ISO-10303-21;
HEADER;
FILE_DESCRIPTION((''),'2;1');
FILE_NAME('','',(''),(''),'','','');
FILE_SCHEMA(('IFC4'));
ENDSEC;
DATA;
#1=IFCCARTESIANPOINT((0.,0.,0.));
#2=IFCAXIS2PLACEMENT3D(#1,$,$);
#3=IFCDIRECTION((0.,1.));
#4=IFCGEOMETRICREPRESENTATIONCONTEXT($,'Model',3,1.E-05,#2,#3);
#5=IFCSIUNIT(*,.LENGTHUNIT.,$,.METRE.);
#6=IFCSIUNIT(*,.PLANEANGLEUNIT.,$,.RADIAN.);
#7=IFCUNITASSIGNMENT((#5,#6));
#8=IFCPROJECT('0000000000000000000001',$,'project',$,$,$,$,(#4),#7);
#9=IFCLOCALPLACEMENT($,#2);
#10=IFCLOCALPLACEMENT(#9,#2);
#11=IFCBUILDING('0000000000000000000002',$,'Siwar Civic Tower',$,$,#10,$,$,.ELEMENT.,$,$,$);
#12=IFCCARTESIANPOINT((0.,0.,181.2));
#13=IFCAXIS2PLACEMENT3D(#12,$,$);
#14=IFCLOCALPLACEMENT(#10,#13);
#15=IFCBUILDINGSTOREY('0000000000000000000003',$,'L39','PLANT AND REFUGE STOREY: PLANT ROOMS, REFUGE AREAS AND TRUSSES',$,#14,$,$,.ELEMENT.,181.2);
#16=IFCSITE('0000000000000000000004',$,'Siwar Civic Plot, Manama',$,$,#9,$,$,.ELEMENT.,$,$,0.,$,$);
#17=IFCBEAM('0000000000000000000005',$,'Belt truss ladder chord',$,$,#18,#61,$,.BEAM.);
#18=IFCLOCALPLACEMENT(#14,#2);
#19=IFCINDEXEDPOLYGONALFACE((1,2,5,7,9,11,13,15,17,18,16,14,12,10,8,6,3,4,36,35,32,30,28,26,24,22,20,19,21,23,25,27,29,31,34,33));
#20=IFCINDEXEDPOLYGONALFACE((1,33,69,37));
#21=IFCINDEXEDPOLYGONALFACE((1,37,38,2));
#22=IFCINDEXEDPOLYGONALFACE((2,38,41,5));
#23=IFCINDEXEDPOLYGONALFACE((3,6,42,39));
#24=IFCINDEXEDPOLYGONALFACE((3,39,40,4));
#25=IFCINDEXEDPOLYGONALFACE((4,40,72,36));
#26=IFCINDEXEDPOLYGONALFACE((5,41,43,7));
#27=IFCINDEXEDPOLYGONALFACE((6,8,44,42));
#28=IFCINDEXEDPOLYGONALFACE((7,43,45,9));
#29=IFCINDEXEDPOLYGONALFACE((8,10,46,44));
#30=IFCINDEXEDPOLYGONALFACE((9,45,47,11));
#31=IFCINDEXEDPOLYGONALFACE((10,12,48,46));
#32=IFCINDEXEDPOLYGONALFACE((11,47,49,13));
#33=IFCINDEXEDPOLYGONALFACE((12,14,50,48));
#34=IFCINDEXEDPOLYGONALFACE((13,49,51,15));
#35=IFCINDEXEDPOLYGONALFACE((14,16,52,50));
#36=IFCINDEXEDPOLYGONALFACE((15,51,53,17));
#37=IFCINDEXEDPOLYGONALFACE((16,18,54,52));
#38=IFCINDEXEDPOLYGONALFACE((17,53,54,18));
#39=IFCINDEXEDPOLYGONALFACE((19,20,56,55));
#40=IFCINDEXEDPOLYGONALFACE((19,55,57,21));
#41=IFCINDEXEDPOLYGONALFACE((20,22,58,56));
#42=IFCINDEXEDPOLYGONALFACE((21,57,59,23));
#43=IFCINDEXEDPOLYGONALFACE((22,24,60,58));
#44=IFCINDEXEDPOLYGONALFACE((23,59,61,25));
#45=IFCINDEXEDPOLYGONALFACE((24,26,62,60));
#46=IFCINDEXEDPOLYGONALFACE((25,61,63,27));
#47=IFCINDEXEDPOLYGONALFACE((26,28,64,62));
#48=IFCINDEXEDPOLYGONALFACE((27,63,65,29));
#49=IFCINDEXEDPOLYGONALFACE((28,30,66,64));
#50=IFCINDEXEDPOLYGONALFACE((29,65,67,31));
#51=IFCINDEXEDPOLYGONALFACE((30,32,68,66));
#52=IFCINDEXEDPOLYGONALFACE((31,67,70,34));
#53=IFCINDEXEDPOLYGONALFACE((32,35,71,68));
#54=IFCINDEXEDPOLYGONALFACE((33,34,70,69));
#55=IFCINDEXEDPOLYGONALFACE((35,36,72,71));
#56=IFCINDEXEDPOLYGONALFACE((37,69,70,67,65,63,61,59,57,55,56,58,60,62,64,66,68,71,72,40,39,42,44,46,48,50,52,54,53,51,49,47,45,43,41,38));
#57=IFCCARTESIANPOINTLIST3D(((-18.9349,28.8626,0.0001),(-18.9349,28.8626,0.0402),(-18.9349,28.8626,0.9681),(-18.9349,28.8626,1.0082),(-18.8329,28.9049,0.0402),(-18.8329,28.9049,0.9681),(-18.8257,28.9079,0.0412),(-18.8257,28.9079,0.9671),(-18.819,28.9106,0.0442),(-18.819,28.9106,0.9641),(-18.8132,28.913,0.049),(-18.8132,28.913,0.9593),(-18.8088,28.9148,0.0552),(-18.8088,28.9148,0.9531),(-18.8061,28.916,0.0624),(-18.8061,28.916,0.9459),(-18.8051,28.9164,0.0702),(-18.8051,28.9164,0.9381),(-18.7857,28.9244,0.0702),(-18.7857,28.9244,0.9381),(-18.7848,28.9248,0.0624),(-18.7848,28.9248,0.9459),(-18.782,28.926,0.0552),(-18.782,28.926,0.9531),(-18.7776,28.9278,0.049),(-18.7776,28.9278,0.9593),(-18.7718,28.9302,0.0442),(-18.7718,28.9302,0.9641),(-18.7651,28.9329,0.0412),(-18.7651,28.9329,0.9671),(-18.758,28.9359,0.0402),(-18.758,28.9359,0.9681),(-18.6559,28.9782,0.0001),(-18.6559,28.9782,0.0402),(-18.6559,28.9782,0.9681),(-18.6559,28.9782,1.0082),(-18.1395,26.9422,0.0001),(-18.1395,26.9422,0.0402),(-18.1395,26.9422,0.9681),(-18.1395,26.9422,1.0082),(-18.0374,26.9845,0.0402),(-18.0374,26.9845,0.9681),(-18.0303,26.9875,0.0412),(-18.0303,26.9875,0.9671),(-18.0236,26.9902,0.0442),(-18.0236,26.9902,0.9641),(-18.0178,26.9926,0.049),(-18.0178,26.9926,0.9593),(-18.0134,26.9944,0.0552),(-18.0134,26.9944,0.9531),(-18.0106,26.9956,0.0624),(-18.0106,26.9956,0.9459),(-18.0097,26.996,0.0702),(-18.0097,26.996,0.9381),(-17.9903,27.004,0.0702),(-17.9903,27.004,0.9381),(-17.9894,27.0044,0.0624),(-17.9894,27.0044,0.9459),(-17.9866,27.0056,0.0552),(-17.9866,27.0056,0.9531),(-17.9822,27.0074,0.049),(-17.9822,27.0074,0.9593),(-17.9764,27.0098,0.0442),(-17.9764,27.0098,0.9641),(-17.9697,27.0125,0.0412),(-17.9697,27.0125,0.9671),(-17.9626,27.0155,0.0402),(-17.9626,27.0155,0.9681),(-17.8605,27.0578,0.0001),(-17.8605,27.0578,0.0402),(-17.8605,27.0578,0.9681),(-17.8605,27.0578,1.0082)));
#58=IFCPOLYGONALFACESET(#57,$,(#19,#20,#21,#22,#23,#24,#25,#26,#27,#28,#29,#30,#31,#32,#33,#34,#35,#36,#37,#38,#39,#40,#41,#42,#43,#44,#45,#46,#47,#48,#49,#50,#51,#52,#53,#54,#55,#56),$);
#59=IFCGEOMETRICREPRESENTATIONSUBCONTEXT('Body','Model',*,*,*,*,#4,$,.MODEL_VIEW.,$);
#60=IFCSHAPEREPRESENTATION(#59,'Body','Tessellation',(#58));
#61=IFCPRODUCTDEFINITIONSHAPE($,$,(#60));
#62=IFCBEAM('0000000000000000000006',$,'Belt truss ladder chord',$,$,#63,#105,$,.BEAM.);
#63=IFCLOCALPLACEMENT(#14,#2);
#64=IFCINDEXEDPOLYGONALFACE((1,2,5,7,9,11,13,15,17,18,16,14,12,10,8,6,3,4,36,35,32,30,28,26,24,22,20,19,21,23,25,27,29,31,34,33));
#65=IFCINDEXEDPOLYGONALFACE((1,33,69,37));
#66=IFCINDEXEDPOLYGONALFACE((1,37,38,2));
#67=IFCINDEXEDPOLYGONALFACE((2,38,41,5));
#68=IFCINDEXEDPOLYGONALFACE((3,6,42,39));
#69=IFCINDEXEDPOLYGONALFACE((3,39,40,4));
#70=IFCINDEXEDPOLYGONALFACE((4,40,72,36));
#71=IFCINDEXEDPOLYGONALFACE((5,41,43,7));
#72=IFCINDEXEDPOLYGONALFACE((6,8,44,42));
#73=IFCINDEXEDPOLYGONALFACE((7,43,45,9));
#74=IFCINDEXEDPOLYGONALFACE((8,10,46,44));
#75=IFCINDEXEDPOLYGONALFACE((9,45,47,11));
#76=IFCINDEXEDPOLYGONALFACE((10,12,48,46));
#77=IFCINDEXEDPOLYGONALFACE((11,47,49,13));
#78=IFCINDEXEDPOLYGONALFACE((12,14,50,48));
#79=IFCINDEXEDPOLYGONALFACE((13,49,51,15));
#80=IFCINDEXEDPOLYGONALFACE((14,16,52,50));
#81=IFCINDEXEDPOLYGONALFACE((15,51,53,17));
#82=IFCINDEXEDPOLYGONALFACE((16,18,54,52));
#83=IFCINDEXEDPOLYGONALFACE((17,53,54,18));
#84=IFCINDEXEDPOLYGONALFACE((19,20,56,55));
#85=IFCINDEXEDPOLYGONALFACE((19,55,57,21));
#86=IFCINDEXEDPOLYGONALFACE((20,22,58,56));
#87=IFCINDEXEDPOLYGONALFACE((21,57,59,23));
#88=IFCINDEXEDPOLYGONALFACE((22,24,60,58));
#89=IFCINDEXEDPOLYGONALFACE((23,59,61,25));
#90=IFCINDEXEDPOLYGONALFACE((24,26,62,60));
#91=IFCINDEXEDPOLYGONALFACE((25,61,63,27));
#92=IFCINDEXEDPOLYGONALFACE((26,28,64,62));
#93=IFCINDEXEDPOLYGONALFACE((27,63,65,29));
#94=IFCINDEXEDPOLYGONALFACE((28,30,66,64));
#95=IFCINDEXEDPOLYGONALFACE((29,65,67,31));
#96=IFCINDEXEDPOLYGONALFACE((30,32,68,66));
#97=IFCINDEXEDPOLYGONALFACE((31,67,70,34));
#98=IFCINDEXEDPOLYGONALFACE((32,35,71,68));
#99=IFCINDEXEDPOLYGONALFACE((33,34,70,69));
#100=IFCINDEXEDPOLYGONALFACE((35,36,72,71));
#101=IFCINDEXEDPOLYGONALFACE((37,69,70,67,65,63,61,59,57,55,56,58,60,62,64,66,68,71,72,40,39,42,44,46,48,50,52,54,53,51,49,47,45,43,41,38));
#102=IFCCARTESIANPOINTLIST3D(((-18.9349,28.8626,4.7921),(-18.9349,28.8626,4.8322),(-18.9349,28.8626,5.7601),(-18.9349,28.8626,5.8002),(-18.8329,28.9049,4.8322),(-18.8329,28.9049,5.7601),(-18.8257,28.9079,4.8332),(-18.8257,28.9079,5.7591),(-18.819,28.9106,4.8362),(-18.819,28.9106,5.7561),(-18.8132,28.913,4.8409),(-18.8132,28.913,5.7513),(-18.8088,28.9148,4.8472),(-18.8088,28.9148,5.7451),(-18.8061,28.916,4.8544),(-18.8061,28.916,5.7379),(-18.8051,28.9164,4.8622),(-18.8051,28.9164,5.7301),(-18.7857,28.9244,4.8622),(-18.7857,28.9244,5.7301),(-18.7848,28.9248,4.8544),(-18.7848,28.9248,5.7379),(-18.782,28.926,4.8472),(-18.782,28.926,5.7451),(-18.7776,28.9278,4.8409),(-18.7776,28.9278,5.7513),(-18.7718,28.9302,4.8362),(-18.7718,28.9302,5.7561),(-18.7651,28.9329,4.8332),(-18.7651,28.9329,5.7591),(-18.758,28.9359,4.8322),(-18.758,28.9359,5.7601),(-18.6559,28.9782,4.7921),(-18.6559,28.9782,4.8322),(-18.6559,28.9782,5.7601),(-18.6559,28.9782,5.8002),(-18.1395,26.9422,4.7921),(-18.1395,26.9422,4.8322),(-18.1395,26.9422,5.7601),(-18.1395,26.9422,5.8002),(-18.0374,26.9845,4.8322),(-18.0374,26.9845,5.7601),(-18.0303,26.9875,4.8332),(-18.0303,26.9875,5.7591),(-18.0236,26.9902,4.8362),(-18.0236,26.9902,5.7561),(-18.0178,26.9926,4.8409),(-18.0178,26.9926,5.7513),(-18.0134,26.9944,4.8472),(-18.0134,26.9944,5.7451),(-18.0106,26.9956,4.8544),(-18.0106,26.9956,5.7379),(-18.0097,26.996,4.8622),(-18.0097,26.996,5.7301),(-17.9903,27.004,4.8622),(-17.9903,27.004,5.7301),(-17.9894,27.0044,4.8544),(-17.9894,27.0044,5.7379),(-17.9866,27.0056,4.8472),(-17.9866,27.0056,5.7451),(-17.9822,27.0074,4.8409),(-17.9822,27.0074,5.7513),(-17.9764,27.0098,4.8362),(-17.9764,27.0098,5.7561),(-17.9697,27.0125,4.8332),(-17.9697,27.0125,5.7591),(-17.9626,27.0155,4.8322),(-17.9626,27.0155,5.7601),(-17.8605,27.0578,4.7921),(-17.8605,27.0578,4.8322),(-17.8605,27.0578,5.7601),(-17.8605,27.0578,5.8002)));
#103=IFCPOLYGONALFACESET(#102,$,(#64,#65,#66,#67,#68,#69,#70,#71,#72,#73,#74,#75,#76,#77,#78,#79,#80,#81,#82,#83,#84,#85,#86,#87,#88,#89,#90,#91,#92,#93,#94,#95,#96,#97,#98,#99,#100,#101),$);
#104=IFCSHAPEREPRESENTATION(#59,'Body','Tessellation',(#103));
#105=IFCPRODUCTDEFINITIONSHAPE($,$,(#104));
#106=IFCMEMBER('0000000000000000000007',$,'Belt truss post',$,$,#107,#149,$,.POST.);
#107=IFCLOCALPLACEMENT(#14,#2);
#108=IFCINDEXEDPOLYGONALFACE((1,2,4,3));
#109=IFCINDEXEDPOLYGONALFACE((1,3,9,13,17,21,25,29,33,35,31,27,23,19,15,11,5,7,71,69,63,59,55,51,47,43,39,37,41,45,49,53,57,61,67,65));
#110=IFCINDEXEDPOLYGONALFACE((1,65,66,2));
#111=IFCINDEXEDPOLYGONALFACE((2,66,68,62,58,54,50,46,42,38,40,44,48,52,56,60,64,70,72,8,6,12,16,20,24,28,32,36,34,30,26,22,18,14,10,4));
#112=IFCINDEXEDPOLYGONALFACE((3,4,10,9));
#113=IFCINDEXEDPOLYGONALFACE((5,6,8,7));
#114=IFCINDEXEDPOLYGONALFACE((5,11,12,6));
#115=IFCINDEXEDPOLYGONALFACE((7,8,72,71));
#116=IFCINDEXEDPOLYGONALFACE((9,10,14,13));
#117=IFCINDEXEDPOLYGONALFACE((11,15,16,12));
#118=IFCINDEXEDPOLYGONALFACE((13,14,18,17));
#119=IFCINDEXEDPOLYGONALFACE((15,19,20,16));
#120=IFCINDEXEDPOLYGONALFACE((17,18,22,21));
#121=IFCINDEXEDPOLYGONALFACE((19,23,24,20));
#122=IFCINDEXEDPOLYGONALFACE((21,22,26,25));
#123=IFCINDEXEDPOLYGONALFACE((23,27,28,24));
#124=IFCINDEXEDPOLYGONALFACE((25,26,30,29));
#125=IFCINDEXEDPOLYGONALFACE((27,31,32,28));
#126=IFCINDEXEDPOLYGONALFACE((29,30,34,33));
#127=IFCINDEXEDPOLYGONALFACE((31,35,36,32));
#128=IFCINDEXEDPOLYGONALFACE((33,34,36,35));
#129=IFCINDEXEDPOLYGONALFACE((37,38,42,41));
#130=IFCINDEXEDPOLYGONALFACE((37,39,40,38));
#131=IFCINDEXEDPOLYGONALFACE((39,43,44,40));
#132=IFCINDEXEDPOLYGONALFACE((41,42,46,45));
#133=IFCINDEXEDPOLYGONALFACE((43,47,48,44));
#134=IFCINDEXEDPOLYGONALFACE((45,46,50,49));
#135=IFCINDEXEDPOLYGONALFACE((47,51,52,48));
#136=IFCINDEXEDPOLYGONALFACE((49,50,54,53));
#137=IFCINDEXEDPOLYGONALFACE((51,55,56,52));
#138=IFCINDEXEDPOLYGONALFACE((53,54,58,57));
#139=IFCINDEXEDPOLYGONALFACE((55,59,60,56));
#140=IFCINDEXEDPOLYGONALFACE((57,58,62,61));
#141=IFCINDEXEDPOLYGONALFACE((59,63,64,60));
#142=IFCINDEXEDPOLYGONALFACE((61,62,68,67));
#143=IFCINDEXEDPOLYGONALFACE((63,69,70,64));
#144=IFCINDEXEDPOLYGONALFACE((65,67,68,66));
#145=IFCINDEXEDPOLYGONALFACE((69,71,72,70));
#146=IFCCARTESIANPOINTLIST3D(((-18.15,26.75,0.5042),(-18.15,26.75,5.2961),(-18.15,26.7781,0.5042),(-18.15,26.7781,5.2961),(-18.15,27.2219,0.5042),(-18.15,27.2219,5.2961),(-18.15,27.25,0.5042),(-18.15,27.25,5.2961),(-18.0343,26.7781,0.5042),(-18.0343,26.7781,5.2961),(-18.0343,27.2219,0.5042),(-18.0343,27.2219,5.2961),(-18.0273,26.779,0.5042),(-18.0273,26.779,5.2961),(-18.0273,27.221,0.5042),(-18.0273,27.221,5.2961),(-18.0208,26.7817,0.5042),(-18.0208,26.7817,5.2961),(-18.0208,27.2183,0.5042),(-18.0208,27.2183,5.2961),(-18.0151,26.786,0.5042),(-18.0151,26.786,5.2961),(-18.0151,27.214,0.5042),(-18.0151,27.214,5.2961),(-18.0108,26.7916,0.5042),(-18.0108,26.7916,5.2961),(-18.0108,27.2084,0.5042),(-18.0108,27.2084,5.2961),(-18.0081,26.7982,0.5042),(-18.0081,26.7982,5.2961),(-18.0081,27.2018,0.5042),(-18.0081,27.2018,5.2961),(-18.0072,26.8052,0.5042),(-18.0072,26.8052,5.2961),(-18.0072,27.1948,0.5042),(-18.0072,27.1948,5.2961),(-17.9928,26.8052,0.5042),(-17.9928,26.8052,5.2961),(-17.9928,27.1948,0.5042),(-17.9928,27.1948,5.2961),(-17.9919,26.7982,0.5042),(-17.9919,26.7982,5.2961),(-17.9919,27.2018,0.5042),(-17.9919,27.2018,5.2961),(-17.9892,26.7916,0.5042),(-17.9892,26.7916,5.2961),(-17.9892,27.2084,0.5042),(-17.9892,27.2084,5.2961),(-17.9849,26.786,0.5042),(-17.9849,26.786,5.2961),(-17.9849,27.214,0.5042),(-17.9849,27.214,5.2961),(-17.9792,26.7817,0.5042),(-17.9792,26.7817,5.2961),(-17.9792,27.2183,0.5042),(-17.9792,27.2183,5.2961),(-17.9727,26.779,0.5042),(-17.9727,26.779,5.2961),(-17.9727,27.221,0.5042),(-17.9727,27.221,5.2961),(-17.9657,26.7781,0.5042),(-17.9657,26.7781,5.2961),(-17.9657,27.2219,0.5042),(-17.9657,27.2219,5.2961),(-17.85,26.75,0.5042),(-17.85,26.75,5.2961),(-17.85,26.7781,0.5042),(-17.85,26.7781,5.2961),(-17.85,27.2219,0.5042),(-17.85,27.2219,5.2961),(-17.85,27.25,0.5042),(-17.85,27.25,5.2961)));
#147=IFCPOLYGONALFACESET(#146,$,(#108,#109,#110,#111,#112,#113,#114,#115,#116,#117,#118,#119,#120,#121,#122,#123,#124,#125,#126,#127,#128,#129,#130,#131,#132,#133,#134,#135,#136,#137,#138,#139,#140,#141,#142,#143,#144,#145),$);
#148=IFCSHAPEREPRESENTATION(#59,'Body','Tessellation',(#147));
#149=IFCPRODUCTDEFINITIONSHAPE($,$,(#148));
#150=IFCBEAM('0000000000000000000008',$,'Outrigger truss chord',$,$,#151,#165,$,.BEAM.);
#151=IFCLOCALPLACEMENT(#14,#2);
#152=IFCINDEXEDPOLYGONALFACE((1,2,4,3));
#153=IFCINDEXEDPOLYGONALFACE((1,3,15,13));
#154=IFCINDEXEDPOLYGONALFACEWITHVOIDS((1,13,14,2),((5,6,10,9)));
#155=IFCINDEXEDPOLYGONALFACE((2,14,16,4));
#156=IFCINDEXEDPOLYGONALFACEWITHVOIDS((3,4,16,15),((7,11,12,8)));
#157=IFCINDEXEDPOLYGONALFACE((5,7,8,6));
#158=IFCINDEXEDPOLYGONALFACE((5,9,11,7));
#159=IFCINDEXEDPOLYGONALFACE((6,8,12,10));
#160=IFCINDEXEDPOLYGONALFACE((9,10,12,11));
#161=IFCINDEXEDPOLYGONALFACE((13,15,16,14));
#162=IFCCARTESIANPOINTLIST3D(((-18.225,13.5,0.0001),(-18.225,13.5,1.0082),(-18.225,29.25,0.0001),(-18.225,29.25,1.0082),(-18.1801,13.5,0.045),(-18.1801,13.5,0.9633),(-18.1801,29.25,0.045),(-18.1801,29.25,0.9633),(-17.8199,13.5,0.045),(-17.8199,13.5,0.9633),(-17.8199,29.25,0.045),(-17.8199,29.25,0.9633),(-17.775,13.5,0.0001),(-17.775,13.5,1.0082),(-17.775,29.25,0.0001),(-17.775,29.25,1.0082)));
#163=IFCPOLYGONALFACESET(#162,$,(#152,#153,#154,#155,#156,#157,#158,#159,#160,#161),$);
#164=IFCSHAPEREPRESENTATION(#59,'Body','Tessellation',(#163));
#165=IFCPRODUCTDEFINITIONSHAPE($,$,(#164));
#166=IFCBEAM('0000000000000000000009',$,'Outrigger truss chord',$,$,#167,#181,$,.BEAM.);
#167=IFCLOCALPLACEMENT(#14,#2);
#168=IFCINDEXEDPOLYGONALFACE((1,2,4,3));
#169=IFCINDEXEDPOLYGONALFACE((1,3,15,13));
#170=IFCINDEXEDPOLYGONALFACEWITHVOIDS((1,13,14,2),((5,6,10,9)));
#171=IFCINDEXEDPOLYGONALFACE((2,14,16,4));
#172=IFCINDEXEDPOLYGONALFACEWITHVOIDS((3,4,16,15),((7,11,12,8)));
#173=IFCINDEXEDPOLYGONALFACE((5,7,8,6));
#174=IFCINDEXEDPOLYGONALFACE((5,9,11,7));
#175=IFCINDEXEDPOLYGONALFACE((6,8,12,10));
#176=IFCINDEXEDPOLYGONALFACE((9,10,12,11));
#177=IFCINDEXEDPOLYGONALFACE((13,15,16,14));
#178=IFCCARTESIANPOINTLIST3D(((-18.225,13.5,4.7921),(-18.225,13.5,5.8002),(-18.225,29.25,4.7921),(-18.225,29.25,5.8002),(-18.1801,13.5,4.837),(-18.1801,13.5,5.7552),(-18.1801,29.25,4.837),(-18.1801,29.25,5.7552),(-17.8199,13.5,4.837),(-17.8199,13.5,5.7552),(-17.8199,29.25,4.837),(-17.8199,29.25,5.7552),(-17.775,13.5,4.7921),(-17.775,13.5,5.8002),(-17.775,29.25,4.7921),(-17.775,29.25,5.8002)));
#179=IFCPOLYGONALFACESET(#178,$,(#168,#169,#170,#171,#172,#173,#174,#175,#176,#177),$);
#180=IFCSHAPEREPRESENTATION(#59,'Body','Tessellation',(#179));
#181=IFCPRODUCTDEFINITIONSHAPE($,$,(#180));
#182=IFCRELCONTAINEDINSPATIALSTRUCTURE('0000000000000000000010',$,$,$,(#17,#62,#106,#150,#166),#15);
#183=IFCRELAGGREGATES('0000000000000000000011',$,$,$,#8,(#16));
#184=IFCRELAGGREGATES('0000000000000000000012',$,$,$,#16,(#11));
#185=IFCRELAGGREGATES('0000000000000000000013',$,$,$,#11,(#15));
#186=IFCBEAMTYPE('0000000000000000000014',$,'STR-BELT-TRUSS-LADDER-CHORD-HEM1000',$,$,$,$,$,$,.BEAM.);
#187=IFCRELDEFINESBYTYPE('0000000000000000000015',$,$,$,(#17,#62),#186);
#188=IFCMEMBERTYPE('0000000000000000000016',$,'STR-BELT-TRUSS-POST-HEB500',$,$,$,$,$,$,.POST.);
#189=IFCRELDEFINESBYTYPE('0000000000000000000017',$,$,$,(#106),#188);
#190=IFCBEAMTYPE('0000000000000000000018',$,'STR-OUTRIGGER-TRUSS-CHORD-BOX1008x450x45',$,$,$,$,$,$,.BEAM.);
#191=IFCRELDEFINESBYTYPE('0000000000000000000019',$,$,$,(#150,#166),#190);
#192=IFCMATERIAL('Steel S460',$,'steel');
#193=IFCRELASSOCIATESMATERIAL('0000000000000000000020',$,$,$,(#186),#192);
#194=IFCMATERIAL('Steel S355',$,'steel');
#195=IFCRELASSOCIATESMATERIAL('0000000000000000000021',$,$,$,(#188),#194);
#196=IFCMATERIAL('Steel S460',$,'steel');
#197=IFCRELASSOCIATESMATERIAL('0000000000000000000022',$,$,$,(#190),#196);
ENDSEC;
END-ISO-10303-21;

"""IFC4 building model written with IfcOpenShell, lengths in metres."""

from ifc_helpers import new_model, si_unit, direction, frame, origin, origin_2d, place, context, subcontext, project, spatial, hollow_rectangle, i_section, extrude, material, material_profile, profile_set, type_object, element, save


model = new_model("IFC4")

# Units and contexts
model_context = context("Model", 3, precision=1e-05, world=origin(), true_north=direction((0.0, 1.0)))
body_context = subcontext(model_context, "Body", "Model", "MODEL_VIEW")
ifc_project = project(units=[si_unit("LENGTHUNIT", "METRE"), si_unit("PLANEANGLEUNIT", "RADIAN")], contexts=[model_context])

# Site, building, storey
site_placement = place(None, origin())
site = spatial("IfcSite", under=ifc_project, at=site_placement, Name="Siwar Civic Plot, Manama", CompositionType="ELEMENT", RefElevation=0.0)
building_placement = place(site_placement, origin())
building = spatial("IfcBuilding", under=site, at=building_placement, Name="Siwar Civic Tower", CompositionType="ELEMENT")
storey_placement = place(building_placement, frame((0.0, 0.0, 181.2)))
storey = spatial("IfcBuildingStorey", under=building, at=storey_placement, Name="L39", Description="PLANT AND REFUGE STOREY: PLANT ROOMS, REFUGE AREAS AND TRUSSES", CompositionType="ELEMENT", Elevation=181.2)

# Beams
ifc_material_1 = material(Name="Steel S460", Category="steel")
ifc_material_profile_1 = material_profile(ifc_material_1, i_section(OverallWidth=0.302, OverallDepth=1.0081, WebThickness=0.021, FlangeThickness=0.04, FilletRadius=0.03, at=origin_2d()), Name="HEM1000")
ifc_profile_set_1 = profile_set([ifc_material_profile_1], Name="Steel S460")
beam_type_1 = type_object("IfcBeamType", Name="STR-BELT-TRUSS-LADDER-CHORD-HEM1000", PredefinedType="BEAM", material=ifc_profile_set_1)
for number, where, z_axis, x_axis, name in (
    (1, (-18.0, 27.0, 0.5042), (-0.382663, 0.923888, 0.0), (-0.923888, -0.382663, 0.0), "Belt truss ladder chord"),
    (2, (-18.0, 27.0, 5.2961), (-0.382663, 0.923888, 0.0), (-0.923888, -0.382663, 0.0), "Belt truss ladder chord"),
):
    element("IfcBeam", number, at=place(storey_placement, frame(where, z_axis=z_axis, x_axis=x_axis)), inside=storey, type_object=beam_type_1, Name=name, PredefinedType="BEAM", context=body_context, shape_type="SweptSolid", body=[
        extrude(i_section(OverallWidth=0.302, OverallDepth=1.0081, WebThickness=0.021, FlangeThickness=0.04, FilletRadius=0.03, at=origin_2d()), origin(), (0.0, 0.0, 1.0), 2.0786),
    ])

# Member
ifc_material_2 = material(Name="Steel S355", Category="steel")
ifc_material_profile_2 = material_profile(ifc_material_2, i_section(OverallWidth=0.3, OverallDepth=0.5, WebThickness=0.0144, FlangeThickness=0.0281, FilletRadius=0.0271, at=origin_2d()), Name="HEB500")
ifc_profile_set_2 = profile_set([ifc_material_profile_2], Name="Steel S355")
member_type_1 = type_object("IfcMemberType", Name="STR-BELT-TRUSS-POST-HEB500", PredefinedType="POST", material=ifc_profile_set_2)
member_1_placement = place(storey_placement, frame((-18.0, 27.0, 0.5042), z_axis=(0.0, 0.0, 1.0), x_axis=(1.0, 0.0, 0.0)))
element("IfcMember", 3, at=member_1_placement, inside=storey, type_object=member_type_1, Name="Belt truss post", PredefinedType="POST", context=body_context, shape_type="SweptSolid", body=[
    extrude(i_section(OverallWidth=0.3, OverallDepth=0.5, WebThickness=0.0144, FlangeThickness=0.0281, FilletRadius=0.0271, at=origin_2d()), origin(), (0.0, 0.0, 1.0), 4.792),
])

# Beams
ifc_material_3 = material(Name="Steel S460", Category="steel")
ifc_material_profile_3 = material_profile(ifc_material_3, hollow_rectangle(XDim=0.45, YDim=1.0081, WallThickness=0.0449, at=origin_2d()), Name="BOX1008x450x45")
ifc_profile_set_3 = profile_set([ifc_material_profile_3], Name="Steel S460")
beam_type_2 = type_object("IfcBeamType", Name="STR-OUTRIGGER-TRUSS-CHORD-BOX1008x450x45", PredefinedType="BEAM", material=ifc_profile_set_3)
for number, where, z_axis, x_axis, name in (
    (4, (-18.0, 29.25, 0.5042), (0.0, -1.0, 0.0), (1.0, 0.0, 0.0), "Outrigger truss chord"),
    (5, (-18.0, 29.25, 5.2961), (0.0, -1.0, 0.0), (1.0, 0.0, 0.0), "Outrigger truss chord"),
):
    element("IfcBeam", number, at=place(storey_placement, frame(where, z_axis=z_axis, x_axis=x_axis)), inside=storey, type_object=beam_type_2, Name=name, PredefinedType="BEAM", context=body_context, shape_type="SweptSolid", body=[
        extrude(hollow_rectangle(XDim=0.45, YDim=1.0081, WallThickness=0.0449, at=origin_2d()), origin(), (0.0, 0.0, 1.0), 15.75),
    ])

save(model, "model.ifc")
